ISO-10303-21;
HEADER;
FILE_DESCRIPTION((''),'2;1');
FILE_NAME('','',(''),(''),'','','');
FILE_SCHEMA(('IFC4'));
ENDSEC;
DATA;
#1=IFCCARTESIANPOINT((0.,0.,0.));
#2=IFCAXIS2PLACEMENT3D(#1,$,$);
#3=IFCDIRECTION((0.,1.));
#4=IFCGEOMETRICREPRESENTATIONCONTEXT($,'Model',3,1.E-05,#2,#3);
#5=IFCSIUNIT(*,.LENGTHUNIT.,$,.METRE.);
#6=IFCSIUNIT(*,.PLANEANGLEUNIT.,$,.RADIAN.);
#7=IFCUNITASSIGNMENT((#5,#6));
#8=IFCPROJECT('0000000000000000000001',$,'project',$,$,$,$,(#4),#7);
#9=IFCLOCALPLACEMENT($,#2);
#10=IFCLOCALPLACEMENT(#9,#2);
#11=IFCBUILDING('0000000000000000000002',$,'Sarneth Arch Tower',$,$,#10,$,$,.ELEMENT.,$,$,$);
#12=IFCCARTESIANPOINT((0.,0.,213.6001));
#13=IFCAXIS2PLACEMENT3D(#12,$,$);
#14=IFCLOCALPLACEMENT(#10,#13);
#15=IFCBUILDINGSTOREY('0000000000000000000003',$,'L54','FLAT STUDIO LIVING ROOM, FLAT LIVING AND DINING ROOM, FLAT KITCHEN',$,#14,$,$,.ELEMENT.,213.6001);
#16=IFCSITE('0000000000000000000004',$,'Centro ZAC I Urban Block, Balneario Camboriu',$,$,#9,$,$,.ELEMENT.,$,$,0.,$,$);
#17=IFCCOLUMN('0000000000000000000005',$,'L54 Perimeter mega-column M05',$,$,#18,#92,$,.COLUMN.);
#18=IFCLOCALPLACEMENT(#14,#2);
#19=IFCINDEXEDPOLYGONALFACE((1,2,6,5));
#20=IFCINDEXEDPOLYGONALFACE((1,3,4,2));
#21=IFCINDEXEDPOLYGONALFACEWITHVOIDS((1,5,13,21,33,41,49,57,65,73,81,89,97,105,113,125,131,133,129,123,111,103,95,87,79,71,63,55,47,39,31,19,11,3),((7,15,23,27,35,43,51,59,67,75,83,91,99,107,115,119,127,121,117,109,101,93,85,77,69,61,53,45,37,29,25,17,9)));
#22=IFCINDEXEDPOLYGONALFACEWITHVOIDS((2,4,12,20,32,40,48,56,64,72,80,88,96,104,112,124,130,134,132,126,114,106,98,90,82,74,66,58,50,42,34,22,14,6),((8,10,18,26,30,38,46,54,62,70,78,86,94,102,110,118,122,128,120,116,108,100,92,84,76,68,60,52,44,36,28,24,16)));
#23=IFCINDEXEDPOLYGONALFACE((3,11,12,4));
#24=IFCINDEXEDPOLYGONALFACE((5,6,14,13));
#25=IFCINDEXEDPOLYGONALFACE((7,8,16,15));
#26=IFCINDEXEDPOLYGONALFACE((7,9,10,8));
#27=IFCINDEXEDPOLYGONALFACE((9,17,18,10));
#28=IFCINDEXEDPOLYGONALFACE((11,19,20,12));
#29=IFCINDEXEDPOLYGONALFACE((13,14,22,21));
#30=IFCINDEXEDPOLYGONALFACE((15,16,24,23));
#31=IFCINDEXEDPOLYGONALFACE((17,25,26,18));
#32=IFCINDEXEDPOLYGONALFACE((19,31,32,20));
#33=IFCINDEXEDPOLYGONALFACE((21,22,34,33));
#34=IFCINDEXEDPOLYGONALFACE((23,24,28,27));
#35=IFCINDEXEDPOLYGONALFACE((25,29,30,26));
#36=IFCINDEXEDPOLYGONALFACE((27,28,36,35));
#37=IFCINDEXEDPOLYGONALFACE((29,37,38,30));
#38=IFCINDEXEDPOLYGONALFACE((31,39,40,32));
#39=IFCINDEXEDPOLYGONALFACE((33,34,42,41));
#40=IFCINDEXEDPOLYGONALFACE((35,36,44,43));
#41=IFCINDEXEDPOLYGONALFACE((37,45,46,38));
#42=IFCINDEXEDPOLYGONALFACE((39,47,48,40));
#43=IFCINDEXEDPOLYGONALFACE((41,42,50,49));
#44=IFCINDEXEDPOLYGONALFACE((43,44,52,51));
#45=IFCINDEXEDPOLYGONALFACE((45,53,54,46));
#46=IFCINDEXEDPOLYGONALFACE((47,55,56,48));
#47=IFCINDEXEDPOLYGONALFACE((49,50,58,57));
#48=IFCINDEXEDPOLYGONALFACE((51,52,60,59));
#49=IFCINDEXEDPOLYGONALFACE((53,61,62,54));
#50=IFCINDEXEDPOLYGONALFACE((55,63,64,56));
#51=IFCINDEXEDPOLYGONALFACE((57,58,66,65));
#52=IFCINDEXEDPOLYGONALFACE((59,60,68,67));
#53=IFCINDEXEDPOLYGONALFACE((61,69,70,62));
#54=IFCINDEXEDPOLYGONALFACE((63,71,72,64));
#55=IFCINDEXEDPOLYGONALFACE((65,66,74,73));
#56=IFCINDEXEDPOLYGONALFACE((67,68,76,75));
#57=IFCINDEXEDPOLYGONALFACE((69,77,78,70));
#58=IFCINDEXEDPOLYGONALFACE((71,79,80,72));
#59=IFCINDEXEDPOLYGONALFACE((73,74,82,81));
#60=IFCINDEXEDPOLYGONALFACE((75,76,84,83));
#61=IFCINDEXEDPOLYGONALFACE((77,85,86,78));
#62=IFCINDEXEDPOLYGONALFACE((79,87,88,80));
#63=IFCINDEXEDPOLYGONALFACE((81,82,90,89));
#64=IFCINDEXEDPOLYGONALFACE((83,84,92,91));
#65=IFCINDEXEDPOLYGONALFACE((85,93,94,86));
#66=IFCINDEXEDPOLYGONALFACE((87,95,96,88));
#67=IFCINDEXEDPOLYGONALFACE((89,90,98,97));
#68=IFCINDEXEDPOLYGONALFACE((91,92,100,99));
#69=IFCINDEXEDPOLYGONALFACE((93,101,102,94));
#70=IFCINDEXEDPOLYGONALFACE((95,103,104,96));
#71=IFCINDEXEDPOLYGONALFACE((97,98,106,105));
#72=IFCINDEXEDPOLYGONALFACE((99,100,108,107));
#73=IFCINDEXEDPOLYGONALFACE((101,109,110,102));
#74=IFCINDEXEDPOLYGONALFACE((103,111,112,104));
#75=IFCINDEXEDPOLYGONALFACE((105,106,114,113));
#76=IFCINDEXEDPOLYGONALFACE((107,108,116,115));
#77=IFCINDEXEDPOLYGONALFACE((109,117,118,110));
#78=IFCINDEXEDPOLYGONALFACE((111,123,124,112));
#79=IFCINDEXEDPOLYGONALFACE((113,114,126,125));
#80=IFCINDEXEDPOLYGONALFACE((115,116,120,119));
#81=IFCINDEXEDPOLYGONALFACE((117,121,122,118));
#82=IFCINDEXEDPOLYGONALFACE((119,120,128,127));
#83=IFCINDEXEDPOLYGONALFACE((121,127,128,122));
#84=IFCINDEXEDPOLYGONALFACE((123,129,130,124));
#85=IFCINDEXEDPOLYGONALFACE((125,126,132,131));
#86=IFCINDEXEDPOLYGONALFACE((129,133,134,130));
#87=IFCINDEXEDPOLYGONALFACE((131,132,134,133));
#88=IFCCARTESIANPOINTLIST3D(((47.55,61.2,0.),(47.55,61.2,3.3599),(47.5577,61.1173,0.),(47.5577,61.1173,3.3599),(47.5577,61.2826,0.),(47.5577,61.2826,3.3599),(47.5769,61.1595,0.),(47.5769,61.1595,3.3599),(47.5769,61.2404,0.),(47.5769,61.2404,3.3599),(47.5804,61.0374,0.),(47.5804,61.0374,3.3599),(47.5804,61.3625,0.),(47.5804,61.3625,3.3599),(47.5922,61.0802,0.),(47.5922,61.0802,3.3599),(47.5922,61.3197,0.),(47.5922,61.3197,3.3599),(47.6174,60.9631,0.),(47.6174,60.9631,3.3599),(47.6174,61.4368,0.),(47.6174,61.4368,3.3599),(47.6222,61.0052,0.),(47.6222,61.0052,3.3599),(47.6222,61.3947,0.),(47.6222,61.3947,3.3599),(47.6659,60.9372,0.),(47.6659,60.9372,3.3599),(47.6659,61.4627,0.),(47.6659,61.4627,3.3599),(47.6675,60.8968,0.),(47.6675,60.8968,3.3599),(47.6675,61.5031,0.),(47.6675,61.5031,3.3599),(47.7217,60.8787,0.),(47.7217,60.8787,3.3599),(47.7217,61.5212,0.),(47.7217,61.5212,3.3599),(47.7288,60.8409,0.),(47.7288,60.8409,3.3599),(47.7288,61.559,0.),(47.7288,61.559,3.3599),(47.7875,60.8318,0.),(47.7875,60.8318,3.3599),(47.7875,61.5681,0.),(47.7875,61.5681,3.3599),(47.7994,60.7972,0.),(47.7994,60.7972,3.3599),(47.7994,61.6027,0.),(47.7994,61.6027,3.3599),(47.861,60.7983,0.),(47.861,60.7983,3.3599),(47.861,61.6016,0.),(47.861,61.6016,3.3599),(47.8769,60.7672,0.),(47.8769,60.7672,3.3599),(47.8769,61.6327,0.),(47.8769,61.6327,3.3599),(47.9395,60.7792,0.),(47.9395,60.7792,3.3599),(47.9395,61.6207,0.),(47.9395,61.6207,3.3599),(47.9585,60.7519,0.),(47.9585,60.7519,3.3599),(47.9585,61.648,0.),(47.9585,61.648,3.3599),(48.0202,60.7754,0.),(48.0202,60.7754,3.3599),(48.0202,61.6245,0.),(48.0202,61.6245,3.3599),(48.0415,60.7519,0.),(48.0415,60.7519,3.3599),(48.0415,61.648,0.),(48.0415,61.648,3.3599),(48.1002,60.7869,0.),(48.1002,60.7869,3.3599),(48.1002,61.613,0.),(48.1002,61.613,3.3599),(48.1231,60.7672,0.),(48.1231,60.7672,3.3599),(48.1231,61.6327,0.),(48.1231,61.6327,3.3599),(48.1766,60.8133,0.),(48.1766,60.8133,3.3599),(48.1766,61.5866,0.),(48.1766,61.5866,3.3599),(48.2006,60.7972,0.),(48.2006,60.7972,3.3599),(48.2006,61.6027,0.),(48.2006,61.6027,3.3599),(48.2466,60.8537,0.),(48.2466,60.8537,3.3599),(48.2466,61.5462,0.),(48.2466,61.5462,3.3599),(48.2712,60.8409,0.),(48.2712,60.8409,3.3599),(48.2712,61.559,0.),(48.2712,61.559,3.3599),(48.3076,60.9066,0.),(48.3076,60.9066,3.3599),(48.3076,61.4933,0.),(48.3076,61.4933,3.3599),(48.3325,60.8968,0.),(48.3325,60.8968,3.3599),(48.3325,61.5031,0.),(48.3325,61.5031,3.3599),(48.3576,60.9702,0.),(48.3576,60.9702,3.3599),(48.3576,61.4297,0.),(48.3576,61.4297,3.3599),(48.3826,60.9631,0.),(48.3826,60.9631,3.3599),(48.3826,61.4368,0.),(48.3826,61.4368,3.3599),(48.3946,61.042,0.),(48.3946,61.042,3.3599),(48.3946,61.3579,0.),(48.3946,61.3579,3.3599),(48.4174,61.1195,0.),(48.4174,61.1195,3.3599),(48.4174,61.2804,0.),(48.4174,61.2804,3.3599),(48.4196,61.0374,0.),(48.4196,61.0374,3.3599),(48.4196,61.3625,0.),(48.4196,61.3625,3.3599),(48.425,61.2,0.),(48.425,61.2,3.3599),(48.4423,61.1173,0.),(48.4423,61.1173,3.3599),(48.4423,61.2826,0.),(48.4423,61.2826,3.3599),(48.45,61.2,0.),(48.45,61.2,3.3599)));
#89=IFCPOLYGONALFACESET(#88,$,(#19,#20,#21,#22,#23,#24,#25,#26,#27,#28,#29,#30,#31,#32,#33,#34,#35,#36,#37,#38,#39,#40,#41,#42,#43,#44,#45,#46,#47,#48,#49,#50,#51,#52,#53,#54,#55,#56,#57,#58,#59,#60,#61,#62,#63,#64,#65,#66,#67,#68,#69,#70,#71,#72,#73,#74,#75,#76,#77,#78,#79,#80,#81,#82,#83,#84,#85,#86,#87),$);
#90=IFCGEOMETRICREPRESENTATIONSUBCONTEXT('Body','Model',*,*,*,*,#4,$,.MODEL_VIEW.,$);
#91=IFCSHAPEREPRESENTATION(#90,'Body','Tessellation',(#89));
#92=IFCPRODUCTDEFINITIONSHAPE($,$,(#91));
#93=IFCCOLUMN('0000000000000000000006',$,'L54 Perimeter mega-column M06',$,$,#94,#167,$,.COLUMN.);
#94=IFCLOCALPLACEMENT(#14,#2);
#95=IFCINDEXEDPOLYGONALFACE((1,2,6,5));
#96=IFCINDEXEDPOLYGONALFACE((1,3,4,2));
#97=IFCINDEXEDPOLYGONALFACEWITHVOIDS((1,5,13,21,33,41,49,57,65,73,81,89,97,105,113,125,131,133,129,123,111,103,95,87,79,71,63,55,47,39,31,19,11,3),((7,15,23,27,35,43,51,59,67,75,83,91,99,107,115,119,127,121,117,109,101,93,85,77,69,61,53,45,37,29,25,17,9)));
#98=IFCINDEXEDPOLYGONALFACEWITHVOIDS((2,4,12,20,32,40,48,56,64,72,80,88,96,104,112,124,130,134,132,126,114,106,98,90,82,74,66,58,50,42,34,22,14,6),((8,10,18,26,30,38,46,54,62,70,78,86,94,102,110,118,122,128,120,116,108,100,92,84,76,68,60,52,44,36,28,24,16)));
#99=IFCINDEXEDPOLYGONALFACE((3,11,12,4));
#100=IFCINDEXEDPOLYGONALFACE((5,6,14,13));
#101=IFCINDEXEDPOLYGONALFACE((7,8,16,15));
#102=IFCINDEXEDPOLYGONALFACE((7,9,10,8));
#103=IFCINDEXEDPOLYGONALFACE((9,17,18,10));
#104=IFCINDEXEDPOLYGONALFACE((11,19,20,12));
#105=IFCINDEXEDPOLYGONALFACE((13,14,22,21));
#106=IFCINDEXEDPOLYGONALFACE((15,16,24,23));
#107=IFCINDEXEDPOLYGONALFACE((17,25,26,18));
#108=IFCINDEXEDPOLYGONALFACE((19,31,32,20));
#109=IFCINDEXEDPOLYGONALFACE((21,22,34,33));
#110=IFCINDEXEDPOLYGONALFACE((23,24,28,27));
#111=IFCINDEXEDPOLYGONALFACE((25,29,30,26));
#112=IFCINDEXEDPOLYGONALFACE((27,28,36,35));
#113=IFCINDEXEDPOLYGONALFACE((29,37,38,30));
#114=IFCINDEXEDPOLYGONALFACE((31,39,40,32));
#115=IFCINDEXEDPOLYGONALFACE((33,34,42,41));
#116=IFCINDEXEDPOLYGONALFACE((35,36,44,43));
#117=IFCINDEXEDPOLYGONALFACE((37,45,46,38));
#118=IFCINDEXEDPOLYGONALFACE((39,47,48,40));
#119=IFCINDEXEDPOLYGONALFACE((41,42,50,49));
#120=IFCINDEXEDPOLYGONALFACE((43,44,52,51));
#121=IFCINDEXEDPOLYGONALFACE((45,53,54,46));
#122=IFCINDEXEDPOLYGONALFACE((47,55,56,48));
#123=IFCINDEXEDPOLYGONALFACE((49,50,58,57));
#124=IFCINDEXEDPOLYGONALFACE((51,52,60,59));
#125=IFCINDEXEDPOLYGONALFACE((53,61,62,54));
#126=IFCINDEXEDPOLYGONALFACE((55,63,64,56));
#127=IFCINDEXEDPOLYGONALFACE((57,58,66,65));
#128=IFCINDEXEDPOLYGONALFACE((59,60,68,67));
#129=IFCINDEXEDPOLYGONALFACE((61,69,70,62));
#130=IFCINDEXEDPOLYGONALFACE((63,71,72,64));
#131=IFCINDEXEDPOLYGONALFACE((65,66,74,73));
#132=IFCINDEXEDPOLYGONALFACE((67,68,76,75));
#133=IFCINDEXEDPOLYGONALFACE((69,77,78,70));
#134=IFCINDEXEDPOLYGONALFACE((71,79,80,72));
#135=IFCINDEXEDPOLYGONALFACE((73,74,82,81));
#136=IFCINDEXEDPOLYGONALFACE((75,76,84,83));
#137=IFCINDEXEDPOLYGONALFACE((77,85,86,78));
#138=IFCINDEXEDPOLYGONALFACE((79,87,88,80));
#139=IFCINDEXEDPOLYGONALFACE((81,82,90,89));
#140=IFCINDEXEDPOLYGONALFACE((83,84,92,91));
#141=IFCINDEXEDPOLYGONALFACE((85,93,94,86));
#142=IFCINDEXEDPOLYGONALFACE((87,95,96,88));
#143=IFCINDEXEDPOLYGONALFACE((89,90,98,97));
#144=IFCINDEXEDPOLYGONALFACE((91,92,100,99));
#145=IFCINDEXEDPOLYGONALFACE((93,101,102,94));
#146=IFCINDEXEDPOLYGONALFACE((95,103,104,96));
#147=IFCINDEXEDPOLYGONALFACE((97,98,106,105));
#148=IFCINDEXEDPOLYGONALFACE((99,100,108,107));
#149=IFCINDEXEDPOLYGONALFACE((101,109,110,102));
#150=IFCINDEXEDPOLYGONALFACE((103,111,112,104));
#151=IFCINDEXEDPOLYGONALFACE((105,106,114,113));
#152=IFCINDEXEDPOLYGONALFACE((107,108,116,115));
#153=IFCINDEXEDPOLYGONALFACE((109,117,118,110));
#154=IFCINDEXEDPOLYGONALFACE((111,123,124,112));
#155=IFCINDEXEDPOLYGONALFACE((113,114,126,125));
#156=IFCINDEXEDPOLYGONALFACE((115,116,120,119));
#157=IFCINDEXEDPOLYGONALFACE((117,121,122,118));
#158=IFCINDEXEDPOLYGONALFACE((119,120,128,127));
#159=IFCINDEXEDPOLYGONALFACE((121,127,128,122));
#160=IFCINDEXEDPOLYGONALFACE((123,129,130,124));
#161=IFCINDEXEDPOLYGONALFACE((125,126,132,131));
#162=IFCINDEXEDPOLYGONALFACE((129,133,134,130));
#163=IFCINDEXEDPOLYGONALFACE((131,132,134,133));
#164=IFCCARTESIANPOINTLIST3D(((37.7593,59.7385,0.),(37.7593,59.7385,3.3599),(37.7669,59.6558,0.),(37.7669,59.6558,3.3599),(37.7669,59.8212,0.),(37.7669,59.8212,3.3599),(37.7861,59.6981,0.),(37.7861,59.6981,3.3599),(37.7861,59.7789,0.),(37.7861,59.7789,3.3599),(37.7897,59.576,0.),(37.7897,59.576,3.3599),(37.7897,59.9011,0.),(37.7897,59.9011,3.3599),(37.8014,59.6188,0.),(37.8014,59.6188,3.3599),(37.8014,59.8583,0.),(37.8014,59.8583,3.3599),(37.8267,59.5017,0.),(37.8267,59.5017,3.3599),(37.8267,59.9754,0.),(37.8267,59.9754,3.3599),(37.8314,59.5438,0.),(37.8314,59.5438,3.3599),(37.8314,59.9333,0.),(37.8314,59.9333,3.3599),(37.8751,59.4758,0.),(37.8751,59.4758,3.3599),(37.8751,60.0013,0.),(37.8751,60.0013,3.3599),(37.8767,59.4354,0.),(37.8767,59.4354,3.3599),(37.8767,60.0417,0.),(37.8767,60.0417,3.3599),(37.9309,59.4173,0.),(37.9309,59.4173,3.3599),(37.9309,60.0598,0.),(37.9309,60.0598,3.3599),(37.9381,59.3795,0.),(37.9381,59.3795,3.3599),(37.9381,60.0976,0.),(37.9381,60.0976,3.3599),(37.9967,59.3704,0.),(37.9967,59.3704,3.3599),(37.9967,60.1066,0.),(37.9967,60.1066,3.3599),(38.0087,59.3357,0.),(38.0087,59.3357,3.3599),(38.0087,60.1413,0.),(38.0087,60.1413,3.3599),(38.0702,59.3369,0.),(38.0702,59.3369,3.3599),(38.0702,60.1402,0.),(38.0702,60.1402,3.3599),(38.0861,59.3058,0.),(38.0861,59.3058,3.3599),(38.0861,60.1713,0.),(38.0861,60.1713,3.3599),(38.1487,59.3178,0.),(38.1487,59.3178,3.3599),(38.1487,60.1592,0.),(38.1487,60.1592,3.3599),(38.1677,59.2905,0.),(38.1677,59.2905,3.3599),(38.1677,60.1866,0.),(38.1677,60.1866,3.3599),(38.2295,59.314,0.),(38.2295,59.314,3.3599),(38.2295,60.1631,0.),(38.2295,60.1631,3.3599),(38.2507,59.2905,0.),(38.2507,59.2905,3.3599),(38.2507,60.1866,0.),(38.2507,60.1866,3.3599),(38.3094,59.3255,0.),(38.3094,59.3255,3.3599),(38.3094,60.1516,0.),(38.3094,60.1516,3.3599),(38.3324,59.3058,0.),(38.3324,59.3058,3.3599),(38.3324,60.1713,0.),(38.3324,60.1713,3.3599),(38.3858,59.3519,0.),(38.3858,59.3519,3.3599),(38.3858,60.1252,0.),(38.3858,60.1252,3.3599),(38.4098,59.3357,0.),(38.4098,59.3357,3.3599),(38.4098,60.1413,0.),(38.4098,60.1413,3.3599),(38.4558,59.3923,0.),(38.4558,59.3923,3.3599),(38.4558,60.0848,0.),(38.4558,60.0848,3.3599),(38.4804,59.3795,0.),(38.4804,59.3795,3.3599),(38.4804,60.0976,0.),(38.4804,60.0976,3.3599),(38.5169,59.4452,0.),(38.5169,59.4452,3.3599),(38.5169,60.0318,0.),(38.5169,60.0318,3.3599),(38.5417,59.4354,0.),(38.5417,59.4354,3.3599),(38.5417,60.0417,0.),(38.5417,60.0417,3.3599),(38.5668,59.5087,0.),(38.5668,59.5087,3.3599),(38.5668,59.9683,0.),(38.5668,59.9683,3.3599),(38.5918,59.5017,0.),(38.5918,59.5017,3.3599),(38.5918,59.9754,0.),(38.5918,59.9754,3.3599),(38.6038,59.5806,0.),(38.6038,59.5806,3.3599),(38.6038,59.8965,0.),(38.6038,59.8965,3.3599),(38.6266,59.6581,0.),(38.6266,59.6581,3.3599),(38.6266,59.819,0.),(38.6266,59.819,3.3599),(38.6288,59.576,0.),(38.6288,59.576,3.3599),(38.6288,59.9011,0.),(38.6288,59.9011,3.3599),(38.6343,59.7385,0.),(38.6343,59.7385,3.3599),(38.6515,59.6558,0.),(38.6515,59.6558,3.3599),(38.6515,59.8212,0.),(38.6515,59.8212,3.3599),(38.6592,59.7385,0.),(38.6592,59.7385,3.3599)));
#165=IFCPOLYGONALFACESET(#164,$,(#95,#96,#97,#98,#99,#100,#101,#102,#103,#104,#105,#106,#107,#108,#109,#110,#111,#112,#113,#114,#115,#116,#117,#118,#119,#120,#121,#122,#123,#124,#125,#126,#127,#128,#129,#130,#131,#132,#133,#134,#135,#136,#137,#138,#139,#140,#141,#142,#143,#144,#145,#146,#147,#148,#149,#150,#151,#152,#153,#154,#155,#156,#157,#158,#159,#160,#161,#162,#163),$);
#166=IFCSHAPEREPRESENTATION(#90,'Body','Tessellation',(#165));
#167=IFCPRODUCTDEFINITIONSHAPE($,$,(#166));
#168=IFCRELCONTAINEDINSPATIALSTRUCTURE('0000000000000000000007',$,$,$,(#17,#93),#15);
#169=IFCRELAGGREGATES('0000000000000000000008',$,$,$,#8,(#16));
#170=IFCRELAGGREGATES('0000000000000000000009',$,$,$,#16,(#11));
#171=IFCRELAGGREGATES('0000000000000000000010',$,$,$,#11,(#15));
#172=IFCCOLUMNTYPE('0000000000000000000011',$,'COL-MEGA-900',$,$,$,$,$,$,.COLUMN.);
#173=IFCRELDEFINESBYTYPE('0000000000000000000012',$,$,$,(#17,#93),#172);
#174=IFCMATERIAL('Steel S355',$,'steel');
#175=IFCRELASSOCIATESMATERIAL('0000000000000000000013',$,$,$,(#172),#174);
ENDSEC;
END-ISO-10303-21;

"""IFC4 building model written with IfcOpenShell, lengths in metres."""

from ifc_helpers import new_model, si_unit, direction, frame, origin, origin_2d, place, context, subcontext, project, spatial, hollow_circle, extrude, material, material_profile, profile_set, type_object, element, save


model = new_model("IFC4")

# Units and contexts
model_context = context("Model", 3, precision=1e-05, world=origin(), true_north=direction((0.0, 1.0)))
body_context = subcontext(model_context, "Body", "Model", "MODEL_VIEW")
ifc_project = project(units=[si_unit("LENGTHUNIT", "METRE"), si_unit("PLANEANGLEUNIT", "RADIAN")], contexts=[model_context])

# Site, building, storey
site_placement = place(None, origin())
site = spatial("IfcSite", under=ifc_project, at=site_placement, Name="Centro ZAC I Urban Block, Balneario Camboriu", CompositionType="ELEMENT", RefElevation=0.0)
building_placement = place(site_placement, origin())
building = spatial("IfcBuilding", under=site, at=building_placement, Name="Sarneth Arch Tower", CompositionType="ELEMENT")
storey_placement = place(building_placement, frame((0.0, 0.0, 213.6001)))
storey = spatial("IfcBuildingStorey", under=building, at=storey_placement, Name="L54", Description="FLAT STUDIO LIVING ROOM, FLAT LIVING AND DINING ROOM, FLAT KITCHEN", CompositionType="ELEMENT", Elevation=213.6001)

# Columns
ifc_material_1 = material(Name="Steel S355", Category="steel")
ifc_material_profile_1 = material_profile(ifc_material_1, hollow_circle(Radius=0.45, WallThickness=0.0249, at=origin_2d()), Name="CHS900x25")
ifc_profile_set_1 = profile_set([ifc_material_profile_1], Name="Steel S355")
column_type = type_object("IfcColumnType", Name="COL-MEGA-900", PredefinedType="COLUMN", material=ifc_profile_set_1)
for number, where, z_axis, x_axis, name in (
    (1, (48.0, 61.2, 0.0), (0.0, 0.0, 1.0), (1.0, 0.0, 0.0), "L54 Perimeter mega-column M05"),
    (2, (38.2092, 59.7385, 0.0), (0.0, 0.0, 1.0), (1.0, 0.0, 0.0), "L54 Perimeter mega-column M06"),
):
    element("IfcColumn", number, at=place(storey_placement, frame(where, z_axis=z_axis, x_axis=x_axis)), inside=storey, type_object=column_type, Name=name, PredefinedType="COLUMN", context=body_context, shape_type="SweptSolid", body=[
        extrude(hollow_circle(Radius=0.45, WallThickness=0.0249, at=origin_2d()), origin(), (0.0, 0.0, 1.0), 3.3599),
    ])

save(model, "model.ifc")
